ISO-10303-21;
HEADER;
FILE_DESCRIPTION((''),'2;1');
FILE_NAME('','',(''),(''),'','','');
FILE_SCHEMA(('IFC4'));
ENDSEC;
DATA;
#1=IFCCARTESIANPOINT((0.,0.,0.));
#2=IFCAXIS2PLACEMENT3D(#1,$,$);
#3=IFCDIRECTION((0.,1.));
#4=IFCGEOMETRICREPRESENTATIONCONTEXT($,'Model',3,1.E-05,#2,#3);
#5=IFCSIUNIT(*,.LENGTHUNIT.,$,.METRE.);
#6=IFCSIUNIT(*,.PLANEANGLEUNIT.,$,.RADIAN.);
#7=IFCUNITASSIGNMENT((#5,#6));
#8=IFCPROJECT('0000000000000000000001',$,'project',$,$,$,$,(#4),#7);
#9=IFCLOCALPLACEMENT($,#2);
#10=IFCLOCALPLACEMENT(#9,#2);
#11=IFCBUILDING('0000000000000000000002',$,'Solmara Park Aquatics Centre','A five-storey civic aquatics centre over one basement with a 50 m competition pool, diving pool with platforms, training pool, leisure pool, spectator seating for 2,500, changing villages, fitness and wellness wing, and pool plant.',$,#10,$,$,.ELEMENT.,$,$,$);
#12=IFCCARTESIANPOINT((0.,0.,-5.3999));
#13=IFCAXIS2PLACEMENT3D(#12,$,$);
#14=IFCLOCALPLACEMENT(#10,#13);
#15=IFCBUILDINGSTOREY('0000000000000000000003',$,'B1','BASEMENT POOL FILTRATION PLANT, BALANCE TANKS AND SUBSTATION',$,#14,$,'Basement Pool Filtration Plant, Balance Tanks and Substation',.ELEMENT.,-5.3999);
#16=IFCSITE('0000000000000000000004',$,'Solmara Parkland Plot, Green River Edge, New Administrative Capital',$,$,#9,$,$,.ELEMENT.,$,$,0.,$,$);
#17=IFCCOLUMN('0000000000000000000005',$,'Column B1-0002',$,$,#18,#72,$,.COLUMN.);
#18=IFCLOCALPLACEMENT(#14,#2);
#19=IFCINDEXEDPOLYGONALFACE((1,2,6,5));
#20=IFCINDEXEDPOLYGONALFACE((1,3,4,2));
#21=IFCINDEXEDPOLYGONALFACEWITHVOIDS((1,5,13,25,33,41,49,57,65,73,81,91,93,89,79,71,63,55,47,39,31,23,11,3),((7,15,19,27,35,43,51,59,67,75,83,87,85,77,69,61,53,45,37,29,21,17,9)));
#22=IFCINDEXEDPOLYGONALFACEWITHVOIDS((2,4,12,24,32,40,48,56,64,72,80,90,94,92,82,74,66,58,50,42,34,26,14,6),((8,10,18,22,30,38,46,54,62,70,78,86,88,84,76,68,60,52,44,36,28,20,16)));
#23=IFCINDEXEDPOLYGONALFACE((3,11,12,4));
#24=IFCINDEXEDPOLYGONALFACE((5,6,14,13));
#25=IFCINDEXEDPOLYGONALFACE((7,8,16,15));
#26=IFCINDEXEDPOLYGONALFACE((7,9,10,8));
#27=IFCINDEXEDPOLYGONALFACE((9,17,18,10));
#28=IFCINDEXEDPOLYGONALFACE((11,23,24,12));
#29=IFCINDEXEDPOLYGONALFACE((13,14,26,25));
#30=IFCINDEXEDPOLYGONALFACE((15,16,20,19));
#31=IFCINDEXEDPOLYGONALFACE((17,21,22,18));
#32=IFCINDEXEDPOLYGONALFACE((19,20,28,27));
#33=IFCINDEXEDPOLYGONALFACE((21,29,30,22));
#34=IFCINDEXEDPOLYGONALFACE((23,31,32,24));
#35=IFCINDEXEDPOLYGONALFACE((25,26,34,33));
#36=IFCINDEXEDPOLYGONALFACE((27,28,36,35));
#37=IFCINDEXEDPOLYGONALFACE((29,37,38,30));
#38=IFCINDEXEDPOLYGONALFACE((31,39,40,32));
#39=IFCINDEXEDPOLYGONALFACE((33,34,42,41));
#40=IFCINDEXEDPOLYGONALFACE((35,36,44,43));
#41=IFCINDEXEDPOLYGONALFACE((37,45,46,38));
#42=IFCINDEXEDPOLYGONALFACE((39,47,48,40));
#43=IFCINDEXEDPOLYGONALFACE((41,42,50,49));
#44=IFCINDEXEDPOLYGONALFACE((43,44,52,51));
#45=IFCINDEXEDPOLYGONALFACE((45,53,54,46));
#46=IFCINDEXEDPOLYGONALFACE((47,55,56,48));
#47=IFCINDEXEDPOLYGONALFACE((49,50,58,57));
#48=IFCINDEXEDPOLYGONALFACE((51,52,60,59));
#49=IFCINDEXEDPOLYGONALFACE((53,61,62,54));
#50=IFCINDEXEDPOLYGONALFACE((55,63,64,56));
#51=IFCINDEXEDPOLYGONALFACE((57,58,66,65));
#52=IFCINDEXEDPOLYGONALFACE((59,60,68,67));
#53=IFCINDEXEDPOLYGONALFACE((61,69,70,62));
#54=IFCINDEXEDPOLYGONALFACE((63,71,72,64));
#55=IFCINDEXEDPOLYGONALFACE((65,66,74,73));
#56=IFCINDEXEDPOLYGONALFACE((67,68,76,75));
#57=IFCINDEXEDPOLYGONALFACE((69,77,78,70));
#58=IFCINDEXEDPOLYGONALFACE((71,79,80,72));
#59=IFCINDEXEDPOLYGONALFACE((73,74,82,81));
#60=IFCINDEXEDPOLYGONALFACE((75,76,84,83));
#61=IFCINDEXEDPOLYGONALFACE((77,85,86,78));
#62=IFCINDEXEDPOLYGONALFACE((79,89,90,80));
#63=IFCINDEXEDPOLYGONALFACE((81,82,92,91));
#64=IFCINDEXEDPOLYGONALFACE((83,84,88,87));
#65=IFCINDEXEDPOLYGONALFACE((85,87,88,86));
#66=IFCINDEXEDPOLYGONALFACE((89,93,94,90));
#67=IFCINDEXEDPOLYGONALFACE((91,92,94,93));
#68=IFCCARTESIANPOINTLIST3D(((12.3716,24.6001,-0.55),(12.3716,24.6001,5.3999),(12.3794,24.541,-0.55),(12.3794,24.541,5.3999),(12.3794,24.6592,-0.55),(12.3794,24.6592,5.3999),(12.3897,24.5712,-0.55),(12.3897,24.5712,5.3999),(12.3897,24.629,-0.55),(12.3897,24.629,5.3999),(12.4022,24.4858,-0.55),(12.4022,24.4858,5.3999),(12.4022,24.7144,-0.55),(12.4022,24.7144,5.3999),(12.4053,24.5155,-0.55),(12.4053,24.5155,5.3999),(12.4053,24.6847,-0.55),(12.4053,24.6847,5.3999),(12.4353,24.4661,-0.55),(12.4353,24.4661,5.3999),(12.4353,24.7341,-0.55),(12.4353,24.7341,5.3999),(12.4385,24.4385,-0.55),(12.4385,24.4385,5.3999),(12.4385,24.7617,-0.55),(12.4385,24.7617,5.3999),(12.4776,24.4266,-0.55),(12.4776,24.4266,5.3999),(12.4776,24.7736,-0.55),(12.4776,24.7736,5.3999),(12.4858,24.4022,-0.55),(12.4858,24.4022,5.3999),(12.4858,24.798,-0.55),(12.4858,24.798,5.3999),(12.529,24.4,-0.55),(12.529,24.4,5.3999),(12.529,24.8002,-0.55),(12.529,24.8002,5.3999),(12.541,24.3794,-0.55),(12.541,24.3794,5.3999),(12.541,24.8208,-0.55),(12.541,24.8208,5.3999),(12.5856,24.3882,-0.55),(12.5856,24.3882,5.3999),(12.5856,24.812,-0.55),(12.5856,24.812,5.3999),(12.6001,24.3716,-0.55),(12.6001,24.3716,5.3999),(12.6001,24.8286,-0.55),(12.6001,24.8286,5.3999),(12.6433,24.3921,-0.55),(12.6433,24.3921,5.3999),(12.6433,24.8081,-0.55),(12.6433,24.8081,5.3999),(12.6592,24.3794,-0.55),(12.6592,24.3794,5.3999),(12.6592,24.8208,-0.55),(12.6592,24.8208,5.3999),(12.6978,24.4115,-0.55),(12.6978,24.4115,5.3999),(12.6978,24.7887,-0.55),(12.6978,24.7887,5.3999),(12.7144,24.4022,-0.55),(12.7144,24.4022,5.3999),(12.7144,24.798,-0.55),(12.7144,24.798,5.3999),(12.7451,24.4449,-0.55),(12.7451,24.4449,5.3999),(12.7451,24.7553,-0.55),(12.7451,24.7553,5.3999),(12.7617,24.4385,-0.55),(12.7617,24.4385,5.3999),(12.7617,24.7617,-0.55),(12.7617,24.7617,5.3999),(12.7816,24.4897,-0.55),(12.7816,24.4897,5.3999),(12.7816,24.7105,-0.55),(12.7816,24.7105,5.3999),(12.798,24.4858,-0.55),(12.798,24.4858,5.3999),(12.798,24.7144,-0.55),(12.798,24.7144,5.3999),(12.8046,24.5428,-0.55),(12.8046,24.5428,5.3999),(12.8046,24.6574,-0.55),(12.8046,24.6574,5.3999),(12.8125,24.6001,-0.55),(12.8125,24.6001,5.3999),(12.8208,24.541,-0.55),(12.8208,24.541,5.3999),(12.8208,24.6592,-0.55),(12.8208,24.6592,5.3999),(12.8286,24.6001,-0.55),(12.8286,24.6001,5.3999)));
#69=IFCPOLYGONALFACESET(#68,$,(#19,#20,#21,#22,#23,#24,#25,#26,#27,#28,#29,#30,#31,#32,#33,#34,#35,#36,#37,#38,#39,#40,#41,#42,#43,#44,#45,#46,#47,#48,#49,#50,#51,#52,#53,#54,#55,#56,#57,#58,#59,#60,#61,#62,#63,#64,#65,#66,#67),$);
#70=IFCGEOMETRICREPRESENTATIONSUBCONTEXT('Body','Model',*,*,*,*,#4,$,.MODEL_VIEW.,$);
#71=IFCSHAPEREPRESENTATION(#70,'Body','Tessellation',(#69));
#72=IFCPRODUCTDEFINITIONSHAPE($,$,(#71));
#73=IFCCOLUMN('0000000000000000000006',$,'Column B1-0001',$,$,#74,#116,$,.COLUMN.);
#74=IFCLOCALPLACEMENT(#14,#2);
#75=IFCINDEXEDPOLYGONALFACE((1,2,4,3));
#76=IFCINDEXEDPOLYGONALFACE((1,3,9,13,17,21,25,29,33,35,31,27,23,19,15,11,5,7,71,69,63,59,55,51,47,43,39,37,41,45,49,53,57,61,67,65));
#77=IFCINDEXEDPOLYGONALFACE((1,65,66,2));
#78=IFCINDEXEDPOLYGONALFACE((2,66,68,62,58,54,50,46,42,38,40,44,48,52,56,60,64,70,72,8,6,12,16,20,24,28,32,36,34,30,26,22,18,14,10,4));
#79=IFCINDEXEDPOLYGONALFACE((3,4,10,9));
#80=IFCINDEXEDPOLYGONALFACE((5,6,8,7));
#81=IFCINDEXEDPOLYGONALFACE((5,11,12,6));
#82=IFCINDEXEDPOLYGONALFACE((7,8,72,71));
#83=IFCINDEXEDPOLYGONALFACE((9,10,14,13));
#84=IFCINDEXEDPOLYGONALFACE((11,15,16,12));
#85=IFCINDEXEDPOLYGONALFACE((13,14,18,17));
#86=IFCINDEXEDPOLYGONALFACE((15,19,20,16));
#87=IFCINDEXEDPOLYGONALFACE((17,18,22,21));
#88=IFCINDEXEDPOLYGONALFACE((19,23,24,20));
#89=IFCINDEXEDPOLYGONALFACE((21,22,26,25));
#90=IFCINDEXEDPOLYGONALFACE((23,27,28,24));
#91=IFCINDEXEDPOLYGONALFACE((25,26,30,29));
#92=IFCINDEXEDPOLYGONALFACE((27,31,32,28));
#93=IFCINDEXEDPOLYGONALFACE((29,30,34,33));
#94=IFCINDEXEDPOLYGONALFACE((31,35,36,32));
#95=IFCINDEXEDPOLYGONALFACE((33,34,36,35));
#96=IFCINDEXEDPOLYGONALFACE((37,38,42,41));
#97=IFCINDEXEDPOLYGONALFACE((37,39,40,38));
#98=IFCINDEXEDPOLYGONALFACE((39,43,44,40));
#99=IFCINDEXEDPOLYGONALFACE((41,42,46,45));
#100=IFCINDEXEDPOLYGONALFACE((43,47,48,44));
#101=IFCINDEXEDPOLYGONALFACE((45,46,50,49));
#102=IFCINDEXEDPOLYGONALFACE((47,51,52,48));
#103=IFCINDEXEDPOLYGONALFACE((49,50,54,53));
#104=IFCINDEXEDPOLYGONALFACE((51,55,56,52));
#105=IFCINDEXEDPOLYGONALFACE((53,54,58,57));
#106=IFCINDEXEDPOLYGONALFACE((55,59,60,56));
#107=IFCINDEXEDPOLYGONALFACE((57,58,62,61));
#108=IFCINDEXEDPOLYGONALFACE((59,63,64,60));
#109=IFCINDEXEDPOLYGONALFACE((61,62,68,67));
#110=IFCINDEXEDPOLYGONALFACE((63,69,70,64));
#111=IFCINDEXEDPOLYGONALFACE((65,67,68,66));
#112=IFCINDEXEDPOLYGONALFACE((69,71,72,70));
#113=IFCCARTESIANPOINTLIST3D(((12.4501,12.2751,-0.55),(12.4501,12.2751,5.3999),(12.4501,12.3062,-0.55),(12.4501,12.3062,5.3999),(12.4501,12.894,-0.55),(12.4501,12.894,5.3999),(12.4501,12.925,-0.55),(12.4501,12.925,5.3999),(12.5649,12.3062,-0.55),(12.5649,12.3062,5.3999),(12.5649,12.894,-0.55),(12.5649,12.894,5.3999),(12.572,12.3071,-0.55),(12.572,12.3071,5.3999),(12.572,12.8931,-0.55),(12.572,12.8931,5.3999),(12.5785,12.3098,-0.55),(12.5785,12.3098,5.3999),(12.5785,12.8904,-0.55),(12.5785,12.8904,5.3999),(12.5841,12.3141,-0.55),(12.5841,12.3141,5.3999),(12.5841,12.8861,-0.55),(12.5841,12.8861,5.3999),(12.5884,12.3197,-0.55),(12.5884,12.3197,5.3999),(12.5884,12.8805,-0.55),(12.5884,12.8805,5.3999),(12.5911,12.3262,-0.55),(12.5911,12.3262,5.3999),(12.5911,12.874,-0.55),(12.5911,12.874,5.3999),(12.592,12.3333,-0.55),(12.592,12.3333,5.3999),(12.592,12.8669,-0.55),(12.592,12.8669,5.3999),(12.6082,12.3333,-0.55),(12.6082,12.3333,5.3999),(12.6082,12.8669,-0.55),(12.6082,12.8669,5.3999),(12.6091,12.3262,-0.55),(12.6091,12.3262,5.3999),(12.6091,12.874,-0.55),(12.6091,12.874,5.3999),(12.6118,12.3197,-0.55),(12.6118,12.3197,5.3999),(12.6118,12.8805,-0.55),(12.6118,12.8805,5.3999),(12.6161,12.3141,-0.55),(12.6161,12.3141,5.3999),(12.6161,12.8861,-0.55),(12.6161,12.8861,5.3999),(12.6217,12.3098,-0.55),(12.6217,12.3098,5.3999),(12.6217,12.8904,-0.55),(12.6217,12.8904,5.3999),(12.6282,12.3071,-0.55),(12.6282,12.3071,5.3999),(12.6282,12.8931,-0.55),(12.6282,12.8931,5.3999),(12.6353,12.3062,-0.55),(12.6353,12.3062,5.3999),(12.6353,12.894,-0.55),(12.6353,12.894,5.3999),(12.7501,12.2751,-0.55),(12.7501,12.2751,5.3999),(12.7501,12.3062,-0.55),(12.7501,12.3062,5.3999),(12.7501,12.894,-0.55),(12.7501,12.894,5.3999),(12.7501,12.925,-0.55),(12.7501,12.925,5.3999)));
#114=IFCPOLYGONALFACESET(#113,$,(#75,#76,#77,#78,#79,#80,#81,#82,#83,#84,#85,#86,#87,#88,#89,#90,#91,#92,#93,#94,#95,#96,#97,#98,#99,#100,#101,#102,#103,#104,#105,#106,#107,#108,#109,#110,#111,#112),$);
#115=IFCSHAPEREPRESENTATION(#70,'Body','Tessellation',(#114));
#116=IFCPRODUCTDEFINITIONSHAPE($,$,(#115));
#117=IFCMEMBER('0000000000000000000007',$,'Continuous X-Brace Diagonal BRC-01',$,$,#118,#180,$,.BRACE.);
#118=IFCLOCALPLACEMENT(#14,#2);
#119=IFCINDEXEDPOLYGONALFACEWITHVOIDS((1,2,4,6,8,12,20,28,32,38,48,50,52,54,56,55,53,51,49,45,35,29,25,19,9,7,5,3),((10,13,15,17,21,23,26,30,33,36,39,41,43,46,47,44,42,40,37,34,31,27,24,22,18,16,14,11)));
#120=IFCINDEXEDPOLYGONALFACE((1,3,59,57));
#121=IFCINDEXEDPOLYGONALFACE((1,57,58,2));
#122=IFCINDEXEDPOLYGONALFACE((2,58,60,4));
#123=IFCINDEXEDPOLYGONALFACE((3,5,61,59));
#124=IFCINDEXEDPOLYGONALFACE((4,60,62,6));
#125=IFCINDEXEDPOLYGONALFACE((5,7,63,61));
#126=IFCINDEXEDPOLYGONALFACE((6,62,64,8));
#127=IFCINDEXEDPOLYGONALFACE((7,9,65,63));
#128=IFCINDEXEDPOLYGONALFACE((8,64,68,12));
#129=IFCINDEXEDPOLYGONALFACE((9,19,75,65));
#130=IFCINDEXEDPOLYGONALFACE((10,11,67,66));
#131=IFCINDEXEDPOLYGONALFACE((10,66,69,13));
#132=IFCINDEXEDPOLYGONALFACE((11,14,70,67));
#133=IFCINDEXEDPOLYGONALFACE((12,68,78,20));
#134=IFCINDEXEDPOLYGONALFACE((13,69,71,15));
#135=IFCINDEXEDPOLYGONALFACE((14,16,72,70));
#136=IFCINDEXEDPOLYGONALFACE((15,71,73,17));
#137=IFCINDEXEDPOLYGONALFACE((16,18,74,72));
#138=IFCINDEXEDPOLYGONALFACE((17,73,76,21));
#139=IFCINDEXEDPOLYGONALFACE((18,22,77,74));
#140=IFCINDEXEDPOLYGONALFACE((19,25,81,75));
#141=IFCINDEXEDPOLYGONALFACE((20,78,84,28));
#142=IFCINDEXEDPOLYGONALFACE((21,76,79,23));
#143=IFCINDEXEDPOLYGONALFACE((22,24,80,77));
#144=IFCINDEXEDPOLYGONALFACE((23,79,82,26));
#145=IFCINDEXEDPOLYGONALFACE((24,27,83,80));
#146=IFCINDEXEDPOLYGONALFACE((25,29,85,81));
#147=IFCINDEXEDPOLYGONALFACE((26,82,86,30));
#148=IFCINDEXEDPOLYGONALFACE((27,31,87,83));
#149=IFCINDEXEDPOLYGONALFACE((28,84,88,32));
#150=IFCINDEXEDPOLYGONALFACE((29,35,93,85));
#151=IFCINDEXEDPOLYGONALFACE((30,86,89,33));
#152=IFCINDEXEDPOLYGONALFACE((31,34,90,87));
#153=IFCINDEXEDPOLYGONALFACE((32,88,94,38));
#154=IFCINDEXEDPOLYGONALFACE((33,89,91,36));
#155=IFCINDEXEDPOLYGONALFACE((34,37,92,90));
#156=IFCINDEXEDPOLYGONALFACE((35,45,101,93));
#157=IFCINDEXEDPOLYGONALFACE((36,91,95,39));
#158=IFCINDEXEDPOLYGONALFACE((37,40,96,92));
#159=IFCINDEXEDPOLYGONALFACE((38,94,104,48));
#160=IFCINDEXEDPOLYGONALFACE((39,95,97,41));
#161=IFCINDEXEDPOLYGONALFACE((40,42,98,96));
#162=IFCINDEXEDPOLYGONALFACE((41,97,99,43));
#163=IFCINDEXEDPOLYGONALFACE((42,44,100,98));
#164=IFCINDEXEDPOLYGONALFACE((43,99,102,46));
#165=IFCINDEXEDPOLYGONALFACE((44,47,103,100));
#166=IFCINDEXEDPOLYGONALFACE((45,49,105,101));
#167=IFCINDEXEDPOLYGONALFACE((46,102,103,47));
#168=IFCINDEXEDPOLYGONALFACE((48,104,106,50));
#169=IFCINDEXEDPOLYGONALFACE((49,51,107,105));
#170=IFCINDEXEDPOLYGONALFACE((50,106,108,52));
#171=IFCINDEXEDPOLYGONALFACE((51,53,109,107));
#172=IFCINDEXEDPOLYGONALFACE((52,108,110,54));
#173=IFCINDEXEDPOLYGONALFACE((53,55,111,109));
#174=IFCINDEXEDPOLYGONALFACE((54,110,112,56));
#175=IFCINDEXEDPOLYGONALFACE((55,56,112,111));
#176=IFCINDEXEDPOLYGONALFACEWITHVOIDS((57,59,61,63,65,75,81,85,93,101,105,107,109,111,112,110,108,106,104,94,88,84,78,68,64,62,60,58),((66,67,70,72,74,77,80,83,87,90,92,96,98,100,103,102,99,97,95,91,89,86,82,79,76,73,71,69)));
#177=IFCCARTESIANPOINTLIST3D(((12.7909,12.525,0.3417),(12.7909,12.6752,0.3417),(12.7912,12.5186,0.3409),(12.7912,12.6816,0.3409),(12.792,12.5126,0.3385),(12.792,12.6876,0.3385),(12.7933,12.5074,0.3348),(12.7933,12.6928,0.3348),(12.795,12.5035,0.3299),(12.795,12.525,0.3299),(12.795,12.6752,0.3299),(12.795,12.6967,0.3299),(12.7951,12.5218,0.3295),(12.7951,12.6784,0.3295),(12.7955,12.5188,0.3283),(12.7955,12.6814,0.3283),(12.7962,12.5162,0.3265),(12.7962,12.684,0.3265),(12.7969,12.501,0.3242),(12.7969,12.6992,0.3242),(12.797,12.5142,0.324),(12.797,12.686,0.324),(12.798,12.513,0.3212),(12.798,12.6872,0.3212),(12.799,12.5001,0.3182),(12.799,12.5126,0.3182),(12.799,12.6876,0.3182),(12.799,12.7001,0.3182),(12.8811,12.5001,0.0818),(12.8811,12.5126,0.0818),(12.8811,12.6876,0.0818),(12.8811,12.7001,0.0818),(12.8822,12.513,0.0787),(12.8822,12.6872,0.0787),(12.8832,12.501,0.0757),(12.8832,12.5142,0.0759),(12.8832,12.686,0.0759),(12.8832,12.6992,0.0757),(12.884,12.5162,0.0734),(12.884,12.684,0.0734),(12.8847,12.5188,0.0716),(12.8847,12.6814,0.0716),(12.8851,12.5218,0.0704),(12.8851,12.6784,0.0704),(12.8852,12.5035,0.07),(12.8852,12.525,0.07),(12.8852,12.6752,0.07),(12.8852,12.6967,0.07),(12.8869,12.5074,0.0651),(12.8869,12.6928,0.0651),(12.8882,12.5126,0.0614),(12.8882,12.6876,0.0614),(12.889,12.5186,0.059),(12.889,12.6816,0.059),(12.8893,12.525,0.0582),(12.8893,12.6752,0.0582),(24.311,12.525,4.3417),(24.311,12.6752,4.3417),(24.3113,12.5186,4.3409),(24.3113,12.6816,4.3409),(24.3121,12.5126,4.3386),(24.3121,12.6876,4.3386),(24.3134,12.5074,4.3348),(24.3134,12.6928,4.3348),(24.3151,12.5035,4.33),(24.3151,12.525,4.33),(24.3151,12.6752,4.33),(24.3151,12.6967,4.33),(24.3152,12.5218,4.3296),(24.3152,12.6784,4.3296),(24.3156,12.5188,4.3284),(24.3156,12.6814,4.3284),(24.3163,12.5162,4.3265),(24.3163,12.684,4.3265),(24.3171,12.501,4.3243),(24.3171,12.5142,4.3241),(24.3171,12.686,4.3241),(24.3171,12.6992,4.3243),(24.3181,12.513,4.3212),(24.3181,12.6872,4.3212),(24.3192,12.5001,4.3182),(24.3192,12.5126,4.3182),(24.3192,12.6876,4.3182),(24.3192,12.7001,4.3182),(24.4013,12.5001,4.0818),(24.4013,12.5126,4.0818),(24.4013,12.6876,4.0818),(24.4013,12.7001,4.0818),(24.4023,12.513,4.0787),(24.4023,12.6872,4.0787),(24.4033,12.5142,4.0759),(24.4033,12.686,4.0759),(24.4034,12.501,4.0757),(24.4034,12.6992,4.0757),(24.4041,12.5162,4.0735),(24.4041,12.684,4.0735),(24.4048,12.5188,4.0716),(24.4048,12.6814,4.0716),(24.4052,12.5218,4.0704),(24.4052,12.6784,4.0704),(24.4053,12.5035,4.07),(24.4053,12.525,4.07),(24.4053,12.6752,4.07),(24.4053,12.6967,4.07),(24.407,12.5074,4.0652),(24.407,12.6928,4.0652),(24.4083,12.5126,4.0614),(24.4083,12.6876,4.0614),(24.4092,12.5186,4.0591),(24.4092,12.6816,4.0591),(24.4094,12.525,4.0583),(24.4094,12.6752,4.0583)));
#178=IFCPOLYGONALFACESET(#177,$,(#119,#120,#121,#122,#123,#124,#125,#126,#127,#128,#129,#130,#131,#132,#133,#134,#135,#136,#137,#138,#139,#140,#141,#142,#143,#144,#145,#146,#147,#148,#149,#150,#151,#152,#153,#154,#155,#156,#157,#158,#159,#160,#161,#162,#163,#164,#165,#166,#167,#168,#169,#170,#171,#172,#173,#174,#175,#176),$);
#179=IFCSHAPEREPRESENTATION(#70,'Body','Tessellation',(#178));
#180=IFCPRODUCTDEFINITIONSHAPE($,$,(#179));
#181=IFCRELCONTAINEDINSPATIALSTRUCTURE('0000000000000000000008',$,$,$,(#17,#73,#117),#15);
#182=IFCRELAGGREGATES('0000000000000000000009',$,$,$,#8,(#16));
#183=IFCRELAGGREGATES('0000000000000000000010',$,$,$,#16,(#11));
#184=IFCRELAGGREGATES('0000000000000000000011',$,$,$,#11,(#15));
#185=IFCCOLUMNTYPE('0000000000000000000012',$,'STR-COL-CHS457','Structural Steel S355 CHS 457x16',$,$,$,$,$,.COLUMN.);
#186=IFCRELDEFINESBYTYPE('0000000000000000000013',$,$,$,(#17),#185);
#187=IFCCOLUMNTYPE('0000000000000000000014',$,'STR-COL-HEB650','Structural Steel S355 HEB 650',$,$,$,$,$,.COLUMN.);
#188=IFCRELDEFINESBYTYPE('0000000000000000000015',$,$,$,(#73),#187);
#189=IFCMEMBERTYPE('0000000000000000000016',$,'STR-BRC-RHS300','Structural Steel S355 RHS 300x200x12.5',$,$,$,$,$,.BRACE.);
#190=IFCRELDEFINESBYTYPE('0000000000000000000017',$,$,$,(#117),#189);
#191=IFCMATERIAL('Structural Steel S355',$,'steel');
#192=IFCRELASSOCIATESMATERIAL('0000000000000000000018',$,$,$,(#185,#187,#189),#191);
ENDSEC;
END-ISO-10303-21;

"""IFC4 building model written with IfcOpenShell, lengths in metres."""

from ifc_helpers import new_model, si_unit, direction, frame, origin, origin_2d, place, context, subcontext, project, spatial, hollow_rectangle, hollow_circle, i_section, extrude, material, material_profile, profile_set, type_object, element, save


model = new_model("IFC4")

# Units and contexts
model_context = context("Model", 3, precision=1e-05, world=origin(), true_north=direction((0.0, 1.0)))
body_context = subcontext(model_context, "Body", "Model", "MODEL_VIEW")
ifc_project = project(units=[si_unit("LENGTHUNIT", "METRE"), si_unit("PLANEANGLEUNIT", "RADIAN")], contexts=[model_context])

# Site, building, storey
site_placement = place(None, origin())
site = spatial("IfcSite", under=ifc_project, at=site_placement, Name="Solmara Parkland Plot, Green River Edge, New Administrative Capital", CompositionType="ELEMENT", RefElevation=0.0)
building_placement = place(site_placement, origin())
building = spatial("IfcBuilding", under=site, at=building_placement, Name="Solmara Park Aquatics Centre", Description="A five-storey civic aquatics centre over one basement with a 50 m competition pool, diving pool with platforms, training pool, leisure pool, spectator seating for 2,500, changing villages, fitness and wellness wing, and pool plant.", CompositionType="ELEMENT")
storey_placement = place(building_placement, frame((0.0, 0.0, -5.3999)))
storey = spatial("IfcBuildingStorey", under=building, at=storey_placement, Name="B1", Description="BASEMENT POOL FILTRATION PLANT, BALANCE TANKS AND SUBSTATION", LongName="Basement Pool Filtration Plant, Balance Tanks and Substation", CompositionType="ELEMENT", Elevation=-5.3999)

# Columns
ifc_material_1 = material(Name="Structural Steel S355", Category="steel")
ifc_material_profile_1 = material_profile(ifc_material_1, hollow_circle(Radius=0.2285, WallThickness=0.0161, at=origin_2d()), Name="CHS 457x16")
ifc_profile_set_1 = profile_set([ifc_material_profile_1], Name="Structural Steel S355")
column_type_1 = type_object("IfcColumnType", Name="STR-COL-CHS457", Description="Structural Steel S355 CHS 457x16", PredefinedType="COLUMN", material=ifc_profile_set_1)
column_1_placement = place(storey_placement, frame((12.6001, 24.6001, -0.55), z_axis=(0.0, 0.0, 1.0), x_axis=(1.0, 0.0, 0.0)))
element("IfcColumn", 1, at=column_1_placement, inside=storey, type_object=column_type_1, Name="Column B1-0002", PredefinedType="COLUMN", context=body_context, shape_type="SweptSolid", body=[
    extrude(hollow_circle(Radius=0.2285, WallThickness=0.0161, at=origin_2d()), origin(), (0.0, 0.0, 1.0), 5.95),
])
ifc_material_profile_2 = material_profile(ifc_material_1, i_section(OverallWidth=0.3, OverallDepth=0.6499, WebThickness=0.0161, FlangeThickness=0.031, FilletRadius=0.0271, at=origin_2d()), Name="HEB 650")
ifc_profile_set_2 = profile_set([ifc_material_profile_2], Name="Structural Steel S355")
column_type_2 = type_object("IfcColumnType", Name="STR-COL-HEB650", Description="Structural Steel S355 HEB 650", PredefinedType="COLUMN", material=ifc_profile_set_2)
column_2_placement = place(storey_placement, frame((12.6001, 12.6001, -0.55), z_axis=(0.0, 0.0, 1.0), x_axis=(1.0, 0.0, 0.0)))
element("IfcColumn", 2, at=column_2_placement, inside=storey, type_object=column_type_2, Name="Column B1-0001", PredefinedType="COLUMN", context=body_context, shape_type="SweptSolid", body=[
    extrude(i_section(OverallWidth=0.3, OverallDepth=0.6499, WebThickness=0.0161, FlangeThickness=0.031, FilletRadius=0.0271, at=origin_2d()), origin(), (0.0, 0.0, 1.0), 5.95),
])

# Member
ifc_material_profile_3 = material_profile(ifc_material_1, hollow_rectangle(XDim=0.2, YDim=0.3, WallThickness=0.0125, InnerFilletRadius=0.0125, OuterFilletRadius=0.0249, at=origin_2d()), Name="RHS 300x200x12.5")
ifc_profile_set_3 = profile_set([ifc_material_profile_3], Name="Structural Steel S355")
member_type = type_object("IfcMemberType", Name="STR-BRC-RHS300", Description="Structural Steel S355 RHS 300x200x12.5", PredefinedType="BRACE", material=ifc_profile_set_3)
member_1_placement = place(storey_placement, frame((12.8401, 12.6001, 0.2), z_axis=(0.944674, 0.0, 0.328011), x_axis=(0.0, 1.0, 0.0)))
element("IfcMember", 3, at=member_1_placement, inside=storey, type_object=member_type, Name="Continuous X-Brace Diagonal BRC-01", PredefinedType="BRACE", context=body_context, shape_type="SweptSolid", body=[
    extrude(hollow_rectangle(XDim=0.2, YDim=0.3, WallThickness=0.0125, InnerFilletRadius=0.0125, OuterFilletRadius=0.0249, at=origin_2d()), origin(), (0.0, 0.0, 1.0), 12.1948),
])

save(model, "model.ifc")
